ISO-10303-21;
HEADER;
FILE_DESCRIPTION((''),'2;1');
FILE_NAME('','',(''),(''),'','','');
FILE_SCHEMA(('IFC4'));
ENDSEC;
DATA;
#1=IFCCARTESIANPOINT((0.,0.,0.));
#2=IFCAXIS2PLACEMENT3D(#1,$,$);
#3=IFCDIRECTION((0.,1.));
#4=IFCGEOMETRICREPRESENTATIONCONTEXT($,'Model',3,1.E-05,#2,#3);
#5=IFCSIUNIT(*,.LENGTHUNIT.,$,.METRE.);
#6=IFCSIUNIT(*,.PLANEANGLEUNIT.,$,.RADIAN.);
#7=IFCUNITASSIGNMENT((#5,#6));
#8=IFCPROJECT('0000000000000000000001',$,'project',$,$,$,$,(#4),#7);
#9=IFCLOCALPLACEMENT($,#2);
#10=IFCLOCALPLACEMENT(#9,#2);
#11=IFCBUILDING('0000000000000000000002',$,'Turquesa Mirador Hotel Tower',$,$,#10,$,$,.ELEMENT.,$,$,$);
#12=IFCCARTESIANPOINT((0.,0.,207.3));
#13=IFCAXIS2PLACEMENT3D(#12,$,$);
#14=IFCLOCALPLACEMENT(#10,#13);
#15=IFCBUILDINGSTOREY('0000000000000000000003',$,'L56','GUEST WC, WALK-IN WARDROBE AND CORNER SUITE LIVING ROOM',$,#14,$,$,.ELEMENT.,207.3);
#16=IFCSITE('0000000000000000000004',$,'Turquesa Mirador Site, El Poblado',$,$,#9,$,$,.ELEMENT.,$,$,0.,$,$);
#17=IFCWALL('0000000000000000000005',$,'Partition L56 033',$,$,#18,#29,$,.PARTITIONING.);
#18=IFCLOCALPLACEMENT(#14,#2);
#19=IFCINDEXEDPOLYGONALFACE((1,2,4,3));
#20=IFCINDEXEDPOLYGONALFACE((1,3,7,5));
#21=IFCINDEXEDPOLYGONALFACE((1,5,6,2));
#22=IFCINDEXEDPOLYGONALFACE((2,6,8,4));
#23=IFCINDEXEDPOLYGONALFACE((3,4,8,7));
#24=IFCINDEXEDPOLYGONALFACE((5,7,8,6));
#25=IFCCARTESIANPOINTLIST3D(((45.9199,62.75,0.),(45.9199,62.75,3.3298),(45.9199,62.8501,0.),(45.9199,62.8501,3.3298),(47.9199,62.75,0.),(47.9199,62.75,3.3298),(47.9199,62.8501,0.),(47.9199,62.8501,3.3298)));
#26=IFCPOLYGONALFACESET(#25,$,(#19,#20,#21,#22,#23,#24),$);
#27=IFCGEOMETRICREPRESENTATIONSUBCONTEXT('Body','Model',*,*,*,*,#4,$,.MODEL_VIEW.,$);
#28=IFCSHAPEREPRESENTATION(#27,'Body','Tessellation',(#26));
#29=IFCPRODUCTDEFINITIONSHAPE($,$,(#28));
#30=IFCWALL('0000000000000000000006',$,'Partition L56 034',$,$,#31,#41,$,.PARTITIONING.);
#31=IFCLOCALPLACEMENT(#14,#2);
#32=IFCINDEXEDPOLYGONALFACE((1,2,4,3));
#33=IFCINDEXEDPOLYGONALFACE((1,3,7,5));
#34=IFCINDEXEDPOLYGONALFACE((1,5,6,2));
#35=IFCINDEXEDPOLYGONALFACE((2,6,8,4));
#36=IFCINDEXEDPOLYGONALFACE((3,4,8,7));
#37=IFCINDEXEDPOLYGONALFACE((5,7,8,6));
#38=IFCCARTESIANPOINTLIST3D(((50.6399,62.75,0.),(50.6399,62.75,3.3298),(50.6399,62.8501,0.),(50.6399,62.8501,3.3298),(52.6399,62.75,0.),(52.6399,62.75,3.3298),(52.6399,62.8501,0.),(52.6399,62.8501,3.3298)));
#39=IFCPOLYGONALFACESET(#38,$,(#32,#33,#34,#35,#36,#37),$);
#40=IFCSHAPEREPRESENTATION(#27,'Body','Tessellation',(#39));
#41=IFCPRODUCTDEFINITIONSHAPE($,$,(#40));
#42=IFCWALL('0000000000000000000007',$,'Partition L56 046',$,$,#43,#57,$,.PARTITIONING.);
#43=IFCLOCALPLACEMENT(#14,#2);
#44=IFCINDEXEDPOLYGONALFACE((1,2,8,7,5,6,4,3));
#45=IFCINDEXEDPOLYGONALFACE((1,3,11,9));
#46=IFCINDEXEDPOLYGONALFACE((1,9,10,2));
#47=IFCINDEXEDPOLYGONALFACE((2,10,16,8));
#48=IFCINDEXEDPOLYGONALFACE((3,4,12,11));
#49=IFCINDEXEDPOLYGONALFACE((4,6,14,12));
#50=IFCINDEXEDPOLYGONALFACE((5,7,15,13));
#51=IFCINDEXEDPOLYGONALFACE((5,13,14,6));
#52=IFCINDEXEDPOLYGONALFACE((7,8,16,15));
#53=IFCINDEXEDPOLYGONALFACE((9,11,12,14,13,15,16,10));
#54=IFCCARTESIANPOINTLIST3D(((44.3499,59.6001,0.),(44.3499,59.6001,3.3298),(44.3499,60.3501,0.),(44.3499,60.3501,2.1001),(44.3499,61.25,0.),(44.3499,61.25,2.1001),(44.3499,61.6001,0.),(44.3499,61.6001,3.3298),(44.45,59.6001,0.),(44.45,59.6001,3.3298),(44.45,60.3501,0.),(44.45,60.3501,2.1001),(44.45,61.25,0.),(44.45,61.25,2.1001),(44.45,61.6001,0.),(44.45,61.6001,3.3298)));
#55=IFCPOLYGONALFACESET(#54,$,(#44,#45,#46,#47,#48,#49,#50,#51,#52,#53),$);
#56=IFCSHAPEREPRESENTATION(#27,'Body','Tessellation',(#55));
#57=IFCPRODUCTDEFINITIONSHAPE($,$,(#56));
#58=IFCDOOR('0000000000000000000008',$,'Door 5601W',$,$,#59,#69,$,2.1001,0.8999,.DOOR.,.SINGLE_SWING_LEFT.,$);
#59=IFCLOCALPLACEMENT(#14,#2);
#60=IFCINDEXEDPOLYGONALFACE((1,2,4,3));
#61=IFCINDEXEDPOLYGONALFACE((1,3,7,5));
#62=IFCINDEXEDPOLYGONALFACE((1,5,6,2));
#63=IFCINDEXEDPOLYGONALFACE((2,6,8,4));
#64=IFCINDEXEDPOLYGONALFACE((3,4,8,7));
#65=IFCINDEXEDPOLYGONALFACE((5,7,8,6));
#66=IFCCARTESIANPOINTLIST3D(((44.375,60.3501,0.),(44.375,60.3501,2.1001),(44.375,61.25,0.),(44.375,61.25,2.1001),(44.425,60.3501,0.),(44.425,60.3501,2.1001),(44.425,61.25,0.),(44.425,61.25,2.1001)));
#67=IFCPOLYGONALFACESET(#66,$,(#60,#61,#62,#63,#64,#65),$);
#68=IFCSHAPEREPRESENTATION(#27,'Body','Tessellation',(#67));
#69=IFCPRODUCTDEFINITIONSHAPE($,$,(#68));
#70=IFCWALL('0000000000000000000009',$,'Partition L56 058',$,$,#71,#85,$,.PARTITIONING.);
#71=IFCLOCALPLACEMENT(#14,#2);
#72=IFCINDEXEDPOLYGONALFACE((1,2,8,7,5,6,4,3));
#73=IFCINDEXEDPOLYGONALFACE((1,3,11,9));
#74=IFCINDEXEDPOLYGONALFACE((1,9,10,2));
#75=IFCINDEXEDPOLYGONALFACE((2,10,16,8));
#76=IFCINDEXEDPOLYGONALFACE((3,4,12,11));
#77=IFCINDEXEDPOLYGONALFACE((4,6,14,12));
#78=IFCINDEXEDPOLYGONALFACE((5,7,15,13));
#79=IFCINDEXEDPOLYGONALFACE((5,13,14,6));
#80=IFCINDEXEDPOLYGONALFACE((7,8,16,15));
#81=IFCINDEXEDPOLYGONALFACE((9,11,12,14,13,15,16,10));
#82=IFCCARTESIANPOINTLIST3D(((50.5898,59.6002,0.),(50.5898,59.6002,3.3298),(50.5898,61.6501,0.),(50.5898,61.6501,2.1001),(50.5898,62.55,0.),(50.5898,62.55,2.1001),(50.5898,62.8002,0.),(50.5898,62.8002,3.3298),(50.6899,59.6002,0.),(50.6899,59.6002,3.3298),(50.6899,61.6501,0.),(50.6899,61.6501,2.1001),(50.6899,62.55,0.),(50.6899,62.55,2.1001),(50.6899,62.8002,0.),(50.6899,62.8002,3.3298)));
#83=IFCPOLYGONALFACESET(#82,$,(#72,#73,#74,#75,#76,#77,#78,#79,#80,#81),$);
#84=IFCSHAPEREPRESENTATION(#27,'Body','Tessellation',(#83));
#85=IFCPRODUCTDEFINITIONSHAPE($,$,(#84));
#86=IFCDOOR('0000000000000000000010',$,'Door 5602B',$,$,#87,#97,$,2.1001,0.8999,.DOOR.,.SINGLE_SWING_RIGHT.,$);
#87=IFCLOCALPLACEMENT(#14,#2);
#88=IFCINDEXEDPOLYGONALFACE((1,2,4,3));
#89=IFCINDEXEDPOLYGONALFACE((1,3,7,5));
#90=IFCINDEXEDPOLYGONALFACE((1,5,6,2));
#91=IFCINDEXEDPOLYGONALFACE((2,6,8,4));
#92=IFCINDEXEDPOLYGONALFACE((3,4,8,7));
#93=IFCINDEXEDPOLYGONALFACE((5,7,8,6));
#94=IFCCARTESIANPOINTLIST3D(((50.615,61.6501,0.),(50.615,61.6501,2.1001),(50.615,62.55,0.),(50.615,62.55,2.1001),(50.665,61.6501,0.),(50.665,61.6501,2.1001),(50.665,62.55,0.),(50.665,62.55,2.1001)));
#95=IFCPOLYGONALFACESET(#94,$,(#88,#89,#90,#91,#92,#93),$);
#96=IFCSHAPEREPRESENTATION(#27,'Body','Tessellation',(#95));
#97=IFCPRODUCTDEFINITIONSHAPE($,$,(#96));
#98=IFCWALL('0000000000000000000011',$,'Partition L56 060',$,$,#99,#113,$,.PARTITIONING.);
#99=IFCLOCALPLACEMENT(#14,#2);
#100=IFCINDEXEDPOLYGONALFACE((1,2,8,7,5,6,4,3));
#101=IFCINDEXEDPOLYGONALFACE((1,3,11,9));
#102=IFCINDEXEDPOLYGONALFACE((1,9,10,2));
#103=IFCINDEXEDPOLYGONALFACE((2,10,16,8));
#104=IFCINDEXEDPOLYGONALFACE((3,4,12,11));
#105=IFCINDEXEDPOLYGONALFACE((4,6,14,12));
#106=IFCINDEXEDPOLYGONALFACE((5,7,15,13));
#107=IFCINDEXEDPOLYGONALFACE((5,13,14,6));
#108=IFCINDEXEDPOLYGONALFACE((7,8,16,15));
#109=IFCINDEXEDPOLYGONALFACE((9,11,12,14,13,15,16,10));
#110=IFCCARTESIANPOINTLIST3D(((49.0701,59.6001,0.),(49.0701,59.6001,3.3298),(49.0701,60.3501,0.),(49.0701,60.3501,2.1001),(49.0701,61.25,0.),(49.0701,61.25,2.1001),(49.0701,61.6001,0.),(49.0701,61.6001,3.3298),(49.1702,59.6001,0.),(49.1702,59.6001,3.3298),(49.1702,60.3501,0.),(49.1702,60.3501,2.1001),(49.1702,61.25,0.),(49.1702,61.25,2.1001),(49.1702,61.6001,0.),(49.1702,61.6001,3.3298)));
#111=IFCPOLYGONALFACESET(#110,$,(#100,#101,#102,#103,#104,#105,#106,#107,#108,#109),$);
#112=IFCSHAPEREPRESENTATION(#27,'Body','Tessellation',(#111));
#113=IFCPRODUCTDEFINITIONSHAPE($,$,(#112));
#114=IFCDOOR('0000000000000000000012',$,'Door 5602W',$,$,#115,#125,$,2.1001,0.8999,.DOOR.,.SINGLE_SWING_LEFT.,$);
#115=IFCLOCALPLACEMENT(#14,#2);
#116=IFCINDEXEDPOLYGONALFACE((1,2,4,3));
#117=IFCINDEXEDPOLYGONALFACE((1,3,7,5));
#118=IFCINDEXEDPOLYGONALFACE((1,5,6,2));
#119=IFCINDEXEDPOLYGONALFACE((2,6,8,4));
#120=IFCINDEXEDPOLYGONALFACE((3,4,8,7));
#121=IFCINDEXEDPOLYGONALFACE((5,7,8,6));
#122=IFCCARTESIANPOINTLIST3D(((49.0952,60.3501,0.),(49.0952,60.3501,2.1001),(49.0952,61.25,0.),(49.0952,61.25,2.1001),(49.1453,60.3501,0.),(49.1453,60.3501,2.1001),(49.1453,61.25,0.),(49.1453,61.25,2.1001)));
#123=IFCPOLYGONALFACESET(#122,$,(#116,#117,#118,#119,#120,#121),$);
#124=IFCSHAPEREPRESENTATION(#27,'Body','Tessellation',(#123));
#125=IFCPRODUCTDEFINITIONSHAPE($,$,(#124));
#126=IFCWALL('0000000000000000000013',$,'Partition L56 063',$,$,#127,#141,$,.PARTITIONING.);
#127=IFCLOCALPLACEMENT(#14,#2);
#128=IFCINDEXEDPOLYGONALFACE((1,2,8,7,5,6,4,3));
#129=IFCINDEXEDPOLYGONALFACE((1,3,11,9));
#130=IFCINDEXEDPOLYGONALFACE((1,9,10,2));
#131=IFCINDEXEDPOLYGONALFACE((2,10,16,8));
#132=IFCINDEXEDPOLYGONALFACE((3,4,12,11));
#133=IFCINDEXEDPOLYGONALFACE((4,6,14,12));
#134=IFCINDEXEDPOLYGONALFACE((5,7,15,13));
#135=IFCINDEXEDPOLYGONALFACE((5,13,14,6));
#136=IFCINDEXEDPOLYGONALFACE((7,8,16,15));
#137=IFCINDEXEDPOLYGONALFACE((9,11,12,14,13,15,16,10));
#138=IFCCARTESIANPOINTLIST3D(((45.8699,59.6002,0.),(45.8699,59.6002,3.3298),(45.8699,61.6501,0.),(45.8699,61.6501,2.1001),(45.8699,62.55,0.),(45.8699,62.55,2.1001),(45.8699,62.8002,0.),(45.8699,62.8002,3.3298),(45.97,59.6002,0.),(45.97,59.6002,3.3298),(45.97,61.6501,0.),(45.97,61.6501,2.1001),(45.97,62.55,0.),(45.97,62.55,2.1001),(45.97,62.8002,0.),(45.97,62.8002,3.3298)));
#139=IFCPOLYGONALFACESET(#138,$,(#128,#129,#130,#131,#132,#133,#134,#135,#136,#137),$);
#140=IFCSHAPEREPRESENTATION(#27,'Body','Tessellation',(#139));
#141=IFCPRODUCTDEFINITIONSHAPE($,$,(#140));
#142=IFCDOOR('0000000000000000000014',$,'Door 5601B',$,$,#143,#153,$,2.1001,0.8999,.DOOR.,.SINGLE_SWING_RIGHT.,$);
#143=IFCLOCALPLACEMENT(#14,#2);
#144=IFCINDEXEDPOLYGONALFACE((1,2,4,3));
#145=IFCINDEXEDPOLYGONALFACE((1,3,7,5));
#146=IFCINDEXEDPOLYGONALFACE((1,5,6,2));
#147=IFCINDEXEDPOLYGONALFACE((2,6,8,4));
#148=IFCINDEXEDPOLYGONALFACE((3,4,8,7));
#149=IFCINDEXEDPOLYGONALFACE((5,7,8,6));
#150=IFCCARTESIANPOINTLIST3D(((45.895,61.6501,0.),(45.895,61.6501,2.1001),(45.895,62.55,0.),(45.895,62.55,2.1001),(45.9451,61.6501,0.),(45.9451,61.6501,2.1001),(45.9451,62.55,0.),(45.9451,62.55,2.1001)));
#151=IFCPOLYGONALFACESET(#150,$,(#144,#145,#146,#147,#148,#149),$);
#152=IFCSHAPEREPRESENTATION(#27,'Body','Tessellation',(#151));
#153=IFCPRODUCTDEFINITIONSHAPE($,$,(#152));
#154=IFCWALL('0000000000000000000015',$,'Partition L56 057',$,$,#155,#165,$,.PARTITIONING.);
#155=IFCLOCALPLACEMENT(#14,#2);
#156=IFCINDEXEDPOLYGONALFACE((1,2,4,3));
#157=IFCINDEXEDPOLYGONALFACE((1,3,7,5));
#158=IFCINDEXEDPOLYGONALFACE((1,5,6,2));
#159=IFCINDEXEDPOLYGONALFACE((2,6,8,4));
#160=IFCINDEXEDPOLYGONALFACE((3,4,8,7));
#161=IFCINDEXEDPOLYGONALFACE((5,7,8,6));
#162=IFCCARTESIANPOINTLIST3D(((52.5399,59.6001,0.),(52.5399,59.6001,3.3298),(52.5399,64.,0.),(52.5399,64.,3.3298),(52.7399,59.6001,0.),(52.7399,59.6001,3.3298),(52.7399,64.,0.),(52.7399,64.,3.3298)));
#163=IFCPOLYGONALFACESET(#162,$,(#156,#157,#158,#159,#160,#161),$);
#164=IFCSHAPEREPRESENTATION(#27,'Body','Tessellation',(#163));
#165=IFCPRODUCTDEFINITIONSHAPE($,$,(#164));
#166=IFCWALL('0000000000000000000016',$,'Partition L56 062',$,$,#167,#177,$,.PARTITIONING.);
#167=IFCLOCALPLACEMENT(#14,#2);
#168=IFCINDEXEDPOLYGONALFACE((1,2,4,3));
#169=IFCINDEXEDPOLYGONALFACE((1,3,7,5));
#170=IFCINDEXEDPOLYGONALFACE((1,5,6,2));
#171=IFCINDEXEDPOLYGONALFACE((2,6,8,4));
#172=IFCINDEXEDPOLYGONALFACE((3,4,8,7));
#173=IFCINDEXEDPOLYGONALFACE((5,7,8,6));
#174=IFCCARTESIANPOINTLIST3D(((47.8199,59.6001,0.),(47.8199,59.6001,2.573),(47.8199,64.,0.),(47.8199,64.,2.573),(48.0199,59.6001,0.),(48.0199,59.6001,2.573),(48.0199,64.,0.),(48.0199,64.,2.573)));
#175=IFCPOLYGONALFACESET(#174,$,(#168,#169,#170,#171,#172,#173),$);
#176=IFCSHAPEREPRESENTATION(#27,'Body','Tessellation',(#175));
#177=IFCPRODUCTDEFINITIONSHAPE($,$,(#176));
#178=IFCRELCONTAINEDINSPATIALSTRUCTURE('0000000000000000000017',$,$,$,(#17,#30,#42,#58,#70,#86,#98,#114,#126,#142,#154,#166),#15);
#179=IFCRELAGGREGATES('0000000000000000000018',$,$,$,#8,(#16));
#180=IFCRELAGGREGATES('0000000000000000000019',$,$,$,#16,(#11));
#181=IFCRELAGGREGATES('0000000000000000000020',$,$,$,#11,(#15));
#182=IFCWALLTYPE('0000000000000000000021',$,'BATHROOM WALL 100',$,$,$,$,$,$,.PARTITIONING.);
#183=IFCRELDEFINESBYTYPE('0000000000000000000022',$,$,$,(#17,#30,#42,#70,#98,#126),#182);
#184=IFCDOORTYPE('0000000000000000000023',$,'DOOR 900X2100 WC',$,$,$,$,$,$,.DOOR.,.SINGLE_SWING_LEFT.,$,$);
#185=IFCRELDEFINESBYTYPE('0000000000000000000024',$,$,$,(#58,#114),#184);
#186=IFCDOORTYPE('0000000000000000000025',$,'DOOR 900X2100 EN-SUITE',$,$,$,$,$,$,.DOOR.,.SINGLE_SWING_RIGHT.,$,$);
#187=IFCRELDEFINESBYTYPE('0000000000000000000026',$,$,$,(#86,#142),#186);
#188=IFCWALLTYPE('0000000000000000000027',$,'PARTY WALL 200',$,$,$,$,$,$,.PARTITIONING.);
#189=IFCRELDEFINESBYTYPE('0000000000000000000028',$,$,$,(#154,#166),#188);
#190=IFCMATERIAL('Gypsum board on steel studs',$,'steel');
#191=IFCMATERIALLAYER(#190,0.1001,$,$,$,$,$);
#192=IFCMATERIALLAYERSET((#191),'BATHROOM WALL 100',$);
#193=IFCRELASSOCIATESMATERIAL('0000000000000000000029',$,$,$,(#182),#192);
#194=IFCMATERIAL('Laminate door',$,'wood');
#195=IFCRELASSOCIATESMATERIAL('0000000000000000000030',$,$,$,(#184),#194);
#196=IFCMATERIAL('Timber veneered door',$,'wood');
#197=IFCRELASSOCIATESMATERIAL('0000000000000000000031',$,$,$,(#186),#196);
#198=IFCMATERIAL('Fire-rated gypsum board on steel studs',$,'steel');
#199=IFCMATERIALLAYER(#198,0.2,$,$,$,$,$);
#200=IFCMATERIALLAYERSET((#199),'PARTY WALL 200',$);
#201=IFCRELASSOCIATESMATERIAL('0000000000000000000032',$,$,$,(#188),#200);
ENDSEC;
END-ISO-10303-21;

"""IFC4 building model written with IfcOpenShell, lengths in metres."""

from ifc_helpers import new_model, si_unit, direction, frame, frame_2d, origin, place, context, subcontext, project, spatial, rectangle, extrude, material, layer, layer_set, type_object, element, fill, save


model = new_model("IFC4")

# Units and contexts
model_context = context("Model", 3, precision=1e-05, world=origin(), true_north=direction((0.0, 1.0)))
body_context = subcontext(model_context, "Body", "Model", "MODEL_VIEW")
ifc_project = project(units=[si_unit("LENGTHUNIT", "METRE"), si_unit("PLANEANGLEUNIT", "RADIAN")], contexts=[model_context])

# Site, building, storey
site_placement = place(None, origin())
site = spatial("IfcSite", under=ifc_project, at=site_placement, Name="Turquesa Mirador Site, El Poblado", CompositionType="ELEMENT", RefElevation=0.0)
building_placement = place(site_placement, origin())
building = spatial("IfcBuilding", under=site, at=building_placement, Name="Turquesa Mirador Hotel Tower", CompositionType="ELEMENT")
storey_placement = place(building_placement, frame((0.0, 0.0, 207.3)))
storey = spatial("IfcBuildingStorey", under=building, at=storey_placement, Name="L56", Description="GUEST WC, WALK-IN WARDROBE AND CORNER SUITE LIVING ROOM", CompositionType="ELEMENT", Elevation=207.3)

# Walls
ifc_material_1 = material(Name="Gypsum board on steel studs", Category="steel")
ifc_layer_1 = layer(ifc_material_1, 0.1001)
ifc_layer_set_1 = layer_set([ifc_layer_1], Name="BATHROOM WALL 100")
wall_type_1 = type_object("IfcWallType", Name="BATHROOM WALL 100", PredefinedType="PARTITIONING", material=ifc_layer_set_1)
for number, where, z_axis, x_axis, name in (
    (1, (45.9199, 62.8, 0.0), (0.0, 0.0, 1.0), (1.0, 0.0, 0.0), "Partition L56 033"),
    (2, (50.6399, 62.8, 0.0), (0.0, 0.0, 1.0), (1.0, 0.0, 0.0), "Partition L56 034"),
):
    element("IfcWall", number, at=place(storey_placement, frame(where, z_axis=z_axis, x_axis=x_axis)), inside=storey, type_object=wall_type_1, Name=name, PredefinedType="PARTITIONING", context=body_context, shape_type="SweptSolid", body=[
        extrude(rectangle(XDim=2.0, YDim=0.1001, at=frame_2d((1.0, 0.0))), origin(), (0.0, 0.0, 1.0), 3.3298),
    ])

# Walls, openings, doors
wall_1_placement = place(storey_placement, frame((44.3999, 59.6001, 0.0), z_axis=(0.0, 0.0, 1.0), x_axis=(0.0, 1.0, 0.0)))
wall_1 = element("IfcWall", 3, at=wall_1_placement, inside=storey, type_object=wall_type_1, Name="Partition L56 046", PredefinedType="PARTITIONING", context=body_context, shape_type="SweptSolid", body=[
    extrude(rectangle(XDim=2.0, YDim=0.1001, at=frame_2d((1.0, 0.0))), origin(), (0.0, 0.0, 1.0), 3.3298),
])
opening_1_placement = place(wall_1_placement, frame((0.75, 0.0, 0.0)))
opening_1 = element("IfcOpeningElement", 4, at=opening_1_placement, cuts=wall_1, PredefinedType="OPENING", context=body_context, shape_type="SweptSolid", body=[
    extrude(rectangle(XDim=0.8999, YDim=2.1001, at=frame_2d((0.45, 1.05))), frame((0.0, 0.0601, 0.0), z_axis=(0.0, -1.0, 0.0), x_axis=(1.0, 0.0, 0.0)), (0.0, 0.0, 1.0), 0.1201),
])
ifc_material_2 = material(Name="Laminate door", Category="wood")
door_type_1 = type_object("IfcDoorType", Name="DOOR 900X2100 WC", OperationType="SINGLE_SWING_LEFT", PredefinedType="DOOR", material=ifc_material_2)
door_1_placement = place(opening_1_placement, origin())
door_1 = element("IfcDoor", 5, at=door_1_placement, inside=storey, type_object=door_type_1, Name="Door 5601W", OperationType="SINGLE_SWING_LEFT", OverallHeight=2.1001, OverallWidth=0.8999, PredefinedType="DOOR", context=body_context, shape_type="SweptSolid", body=[
    extrude(rectangle(XDim=0.8999, YDim=2.1001, at=frame_2d((0.45, 1.05))), frame((0.0, 0.0249, 0.0), z_axis=(0.0, -1.0, 0.0), x_axis=(1.0, 0.0, 0.0)), (0.0, 0.0, 1.0), 0.05),
])
fill(opening_1, door_1)
wall_2_placement = place(storey_placement, frame((50.6399, 59.6001, 0.0), z_axis=(0.0, 0.0, 1.0), x_axis=(0.0, 1.0, 0.0)))
wall_2 = element("IfcWall", 6, at=wall_2_placement, inside=storey, type_object=wall_type_1, Name="Partition L56 058", PredefinedType="PARTITIONING", context=body_context, shape_type="SweptSolid", body=[
    extrude(rectangle(XDim=3.2, YDim=0.1001, at=frame_2d((1.6001, 0.0))), origin(), (0.0, 0.0, 1.0), 3.3298),
])
opening_2_placement = place(wall_2_placement, frame((2.05, 0.0, 0.0)))
opening_2 = element("IfcOpeningElement", 7, at=opening_2_placement, cuts=wall_2, PredefinedType="OPENING", context=body_context, shape_type="SweptSolid", body=[
    extrude(rectangle(XDim=0.8999, YDim=2.1001, at=frame_2d((0.45, 1.05))), frame((0.0, 0.0601, 0.0), z_axis=(0.0, -1.0, 0.0), x_axis=(1.0, 0.0, 0.0)), (0.0, 0.0, 1.0), 0.1201),
])
ifc_material_3 = material(Name="Timber veneered door", Category="wood")
door_type_2 = type_object("IfcDoorType", Name="DOOR 900X2100 EN-SUITE", OperationType="SINGLE_SWING_RIGHT", PredefinedType="DOOR", material=ifc_material_3)
door_2_placement = place(opening_2_placement, origin())
door_2 = element("IfcDoor", 8, at=door_2_placement, inside=storey, type_object=door_type_2, Name="Door 5602B", OperationType="SINGLE_SWING_RIGHT", OverallHeight=2.1001, OverallWidth=0.8999, PredefinedType="DOOR", context=body_context, shape_type="SweptSolid", body=[
    extrude(rectangle(XDim=0.8999, YDim=2.1001, at=frame_2d((0.45, 1.05))), frame((0.0, 0.0249, 0.0), z_axis=(0.0, -1.0, 0.0), x_axis=(1.0, 0.0, 0.0)), (0.0, 0.0, 1.0), 0.05),
])
fill(opening_2, door_2)
wall_3_placement = place(storey_placement, frame((49.1201, 59.6001, 0.0), z_axis=(0.0, 0.0, 1.0), x_axis=(0.0, 1.0, 0.0)))
wall_3 = element("IfcWall", 9, at=wall_3_placement, inside=storey, type_object=wall_type_1, Name="Partition L56 060", PredefinedType="PARTITIONING", context=body_context, shape_type="SweptSolid", body=[
    extrude(rectangle(XDim=2.0, YDim=0.1001, at=frame_2d((1.0, 0.0))), origin(), (0.0, 0.0, 1.0), 3.3298),
])
opening_3_placement = place(wall_3_placement, frame((0.75, 0.0, 0.0)))
opening_3 = element("IfcOpeningElement", 10, at=opening_3_placement, cuts=wall_3, PredefinedType="OPENING", context=body_context, shape_type="SweptSolid", body=[
    extrude(rectangle(XDim=0.8999, YDim=2.1001, at=frame_2d((0.45, 1.05))), frame((0.0, 0.0601, 0.0), z_axis=(0.0, -1.0, 0.0), x_axis=(1.0, 0.0, 0.0)), (0.0, 0.0, 1.0), 0.1201),
])
door_3_placement = place(opening_3_placement, origin())
door_3 = element("IfcDoor", 11, at=door_3_placement, inside=storey, type_object=door_type_1, Name="Door 5602W", OperationType="SINGLE_SWING_LEFT", OverallHeight=2.1001, OverallWidth=0.8999, PredefinedType="DOOR", context=body_context, shape_type="SweptSolid", body=[
    extrude(rectangle(XDim=0.8999, YDim=2.1001, at=frame_2d((0.45, 1.05))), frame((0.0, 0.0249, 0.0), z_axis=(0.0, -1.0, 0.0), x_axis=(1.0, 0.0, 0.0)), (0.0, 0.0, 1.0), 0.05),
])
fill(opening_3, door_3)
wall_4_placement = place(storey_placement, frame((45.9199, 59.6001, 0.0), z_axis=(0.0, 0.0, 1.0), x_axis=(0.0, 1.0, 0.0)))
wall_4 = element("IfcWall", 12, at=wall_4_placement, inside=storey, type_object=wall_type_1, Name="Partition L56 063", PredefinedType="PARTITIONING", context=body_context, shape_type="SweptSolid", body=[
    extrude(rectangle(XDim=3.2, YDim=0.1001, at=frame_2d((1.6001, 0.0))), origin(), (0.0, 0.0, 1.0), 3.3298),
])
opening_4_placement = place(wall_4_placement, frame((2.05, 0.0, 0.0)))
opening_4 = element("IfcOpeningElement", 13, at=opening_4_placement, cuts=wall_4, PredefinedType="OPENING", context=body_context, shape_type="SweptSolid", body=[
    extrude(rectangle(XDim=0.8999, YDim=2.1001, at=frame_2d((0.45, 1.05))), frame((0.0, 0.0601, 0.0), z_axis=(0.0, -1.0, 0.0), x_axis=(1.0, 0.0, 0.0)), (0.0, 0.0, 1.0), 0.1201),
])
door_4_placement = place(opening_4_placement, origin())
door_4 = element("IfcDoor", 14, at=door_4_placement, inside=storey, type_object=door_type_2, Name="Door 5601B", OperationType="SINGLE_SWING_RIGHT", OverallHeight=2.1001, OverallWidth=0.8999, PredefinedType="DOOR", context=body_context, shape_type="SweptSolid", body=[
    extrude(rectangle(XDim=0.8999, YDim=2.1001, at=frame_2d((0.45, 1.05))), frame((0.0, 0.0249, 0.0), z_axis=(0.0, -1.0, 0.0), x_axis=(1.0, 0.0, 0.0)), (0.0, 0.0, 1.0), 0.05),
])
fill(opening_4, door_4)

# Walls
ifc_material_4 = material(Name="Fire-rated gypsum board on steel studs", Category="steel")
ifc_layer_2 = layer(ifc_material_4, 0.2)
ifc_layer_set_2 = layer_set([ifc_layer_2], Name="PARTY WALL 200")
wall_type_2 = type_object("IfcWallType", Name="PARTY WALL 200", PredefinedType="PARTITIONING", material=ifc_layer_set_2)
wall_5_placement = place(storey_placement, frame((52.6399, 59.6001, 0.0), z_axis=(0.0, 0.0, 1.0), x_axis=(0.0, 1.0, 0.0)))
element("IfcWall", 15, at=wall_5_placement, inside=storey, type_object=wall_type_2, Name="Partition L56 057", PredefinedType="PARTITIONING", context=body_context, shape_type="SweptSolid", body=[
    extrude(rectangle(XDim=4.3999, YDim=0.2, at=frame_2d((2.2, 0.0))), origin(), (0.0, 0.0, 1.0), 3.3298),
])
wall_6_placement = place(storey_placement, frame((47.9199, 59.6001, 0.0), z_axis=(0.0, 0.0, 1.0), x_axis=(0.0, 1.0, 0.0)))
element("IfcWall", 16, at=wall_6_placement, inside=storey, type_object=wall_type_2, Name="Partition L56 062", PredefinedType="PARTITIONING", context=body_context, shape_type="SweptSolid", body=[
    extrude(rectangle(XDim=4.3999, YDim=0.2, at=frame_2d((2.2, 0.0))), origin(), (0.0, 0.0, 1.0), 2.573),
])

save(model, "model.ifc")
